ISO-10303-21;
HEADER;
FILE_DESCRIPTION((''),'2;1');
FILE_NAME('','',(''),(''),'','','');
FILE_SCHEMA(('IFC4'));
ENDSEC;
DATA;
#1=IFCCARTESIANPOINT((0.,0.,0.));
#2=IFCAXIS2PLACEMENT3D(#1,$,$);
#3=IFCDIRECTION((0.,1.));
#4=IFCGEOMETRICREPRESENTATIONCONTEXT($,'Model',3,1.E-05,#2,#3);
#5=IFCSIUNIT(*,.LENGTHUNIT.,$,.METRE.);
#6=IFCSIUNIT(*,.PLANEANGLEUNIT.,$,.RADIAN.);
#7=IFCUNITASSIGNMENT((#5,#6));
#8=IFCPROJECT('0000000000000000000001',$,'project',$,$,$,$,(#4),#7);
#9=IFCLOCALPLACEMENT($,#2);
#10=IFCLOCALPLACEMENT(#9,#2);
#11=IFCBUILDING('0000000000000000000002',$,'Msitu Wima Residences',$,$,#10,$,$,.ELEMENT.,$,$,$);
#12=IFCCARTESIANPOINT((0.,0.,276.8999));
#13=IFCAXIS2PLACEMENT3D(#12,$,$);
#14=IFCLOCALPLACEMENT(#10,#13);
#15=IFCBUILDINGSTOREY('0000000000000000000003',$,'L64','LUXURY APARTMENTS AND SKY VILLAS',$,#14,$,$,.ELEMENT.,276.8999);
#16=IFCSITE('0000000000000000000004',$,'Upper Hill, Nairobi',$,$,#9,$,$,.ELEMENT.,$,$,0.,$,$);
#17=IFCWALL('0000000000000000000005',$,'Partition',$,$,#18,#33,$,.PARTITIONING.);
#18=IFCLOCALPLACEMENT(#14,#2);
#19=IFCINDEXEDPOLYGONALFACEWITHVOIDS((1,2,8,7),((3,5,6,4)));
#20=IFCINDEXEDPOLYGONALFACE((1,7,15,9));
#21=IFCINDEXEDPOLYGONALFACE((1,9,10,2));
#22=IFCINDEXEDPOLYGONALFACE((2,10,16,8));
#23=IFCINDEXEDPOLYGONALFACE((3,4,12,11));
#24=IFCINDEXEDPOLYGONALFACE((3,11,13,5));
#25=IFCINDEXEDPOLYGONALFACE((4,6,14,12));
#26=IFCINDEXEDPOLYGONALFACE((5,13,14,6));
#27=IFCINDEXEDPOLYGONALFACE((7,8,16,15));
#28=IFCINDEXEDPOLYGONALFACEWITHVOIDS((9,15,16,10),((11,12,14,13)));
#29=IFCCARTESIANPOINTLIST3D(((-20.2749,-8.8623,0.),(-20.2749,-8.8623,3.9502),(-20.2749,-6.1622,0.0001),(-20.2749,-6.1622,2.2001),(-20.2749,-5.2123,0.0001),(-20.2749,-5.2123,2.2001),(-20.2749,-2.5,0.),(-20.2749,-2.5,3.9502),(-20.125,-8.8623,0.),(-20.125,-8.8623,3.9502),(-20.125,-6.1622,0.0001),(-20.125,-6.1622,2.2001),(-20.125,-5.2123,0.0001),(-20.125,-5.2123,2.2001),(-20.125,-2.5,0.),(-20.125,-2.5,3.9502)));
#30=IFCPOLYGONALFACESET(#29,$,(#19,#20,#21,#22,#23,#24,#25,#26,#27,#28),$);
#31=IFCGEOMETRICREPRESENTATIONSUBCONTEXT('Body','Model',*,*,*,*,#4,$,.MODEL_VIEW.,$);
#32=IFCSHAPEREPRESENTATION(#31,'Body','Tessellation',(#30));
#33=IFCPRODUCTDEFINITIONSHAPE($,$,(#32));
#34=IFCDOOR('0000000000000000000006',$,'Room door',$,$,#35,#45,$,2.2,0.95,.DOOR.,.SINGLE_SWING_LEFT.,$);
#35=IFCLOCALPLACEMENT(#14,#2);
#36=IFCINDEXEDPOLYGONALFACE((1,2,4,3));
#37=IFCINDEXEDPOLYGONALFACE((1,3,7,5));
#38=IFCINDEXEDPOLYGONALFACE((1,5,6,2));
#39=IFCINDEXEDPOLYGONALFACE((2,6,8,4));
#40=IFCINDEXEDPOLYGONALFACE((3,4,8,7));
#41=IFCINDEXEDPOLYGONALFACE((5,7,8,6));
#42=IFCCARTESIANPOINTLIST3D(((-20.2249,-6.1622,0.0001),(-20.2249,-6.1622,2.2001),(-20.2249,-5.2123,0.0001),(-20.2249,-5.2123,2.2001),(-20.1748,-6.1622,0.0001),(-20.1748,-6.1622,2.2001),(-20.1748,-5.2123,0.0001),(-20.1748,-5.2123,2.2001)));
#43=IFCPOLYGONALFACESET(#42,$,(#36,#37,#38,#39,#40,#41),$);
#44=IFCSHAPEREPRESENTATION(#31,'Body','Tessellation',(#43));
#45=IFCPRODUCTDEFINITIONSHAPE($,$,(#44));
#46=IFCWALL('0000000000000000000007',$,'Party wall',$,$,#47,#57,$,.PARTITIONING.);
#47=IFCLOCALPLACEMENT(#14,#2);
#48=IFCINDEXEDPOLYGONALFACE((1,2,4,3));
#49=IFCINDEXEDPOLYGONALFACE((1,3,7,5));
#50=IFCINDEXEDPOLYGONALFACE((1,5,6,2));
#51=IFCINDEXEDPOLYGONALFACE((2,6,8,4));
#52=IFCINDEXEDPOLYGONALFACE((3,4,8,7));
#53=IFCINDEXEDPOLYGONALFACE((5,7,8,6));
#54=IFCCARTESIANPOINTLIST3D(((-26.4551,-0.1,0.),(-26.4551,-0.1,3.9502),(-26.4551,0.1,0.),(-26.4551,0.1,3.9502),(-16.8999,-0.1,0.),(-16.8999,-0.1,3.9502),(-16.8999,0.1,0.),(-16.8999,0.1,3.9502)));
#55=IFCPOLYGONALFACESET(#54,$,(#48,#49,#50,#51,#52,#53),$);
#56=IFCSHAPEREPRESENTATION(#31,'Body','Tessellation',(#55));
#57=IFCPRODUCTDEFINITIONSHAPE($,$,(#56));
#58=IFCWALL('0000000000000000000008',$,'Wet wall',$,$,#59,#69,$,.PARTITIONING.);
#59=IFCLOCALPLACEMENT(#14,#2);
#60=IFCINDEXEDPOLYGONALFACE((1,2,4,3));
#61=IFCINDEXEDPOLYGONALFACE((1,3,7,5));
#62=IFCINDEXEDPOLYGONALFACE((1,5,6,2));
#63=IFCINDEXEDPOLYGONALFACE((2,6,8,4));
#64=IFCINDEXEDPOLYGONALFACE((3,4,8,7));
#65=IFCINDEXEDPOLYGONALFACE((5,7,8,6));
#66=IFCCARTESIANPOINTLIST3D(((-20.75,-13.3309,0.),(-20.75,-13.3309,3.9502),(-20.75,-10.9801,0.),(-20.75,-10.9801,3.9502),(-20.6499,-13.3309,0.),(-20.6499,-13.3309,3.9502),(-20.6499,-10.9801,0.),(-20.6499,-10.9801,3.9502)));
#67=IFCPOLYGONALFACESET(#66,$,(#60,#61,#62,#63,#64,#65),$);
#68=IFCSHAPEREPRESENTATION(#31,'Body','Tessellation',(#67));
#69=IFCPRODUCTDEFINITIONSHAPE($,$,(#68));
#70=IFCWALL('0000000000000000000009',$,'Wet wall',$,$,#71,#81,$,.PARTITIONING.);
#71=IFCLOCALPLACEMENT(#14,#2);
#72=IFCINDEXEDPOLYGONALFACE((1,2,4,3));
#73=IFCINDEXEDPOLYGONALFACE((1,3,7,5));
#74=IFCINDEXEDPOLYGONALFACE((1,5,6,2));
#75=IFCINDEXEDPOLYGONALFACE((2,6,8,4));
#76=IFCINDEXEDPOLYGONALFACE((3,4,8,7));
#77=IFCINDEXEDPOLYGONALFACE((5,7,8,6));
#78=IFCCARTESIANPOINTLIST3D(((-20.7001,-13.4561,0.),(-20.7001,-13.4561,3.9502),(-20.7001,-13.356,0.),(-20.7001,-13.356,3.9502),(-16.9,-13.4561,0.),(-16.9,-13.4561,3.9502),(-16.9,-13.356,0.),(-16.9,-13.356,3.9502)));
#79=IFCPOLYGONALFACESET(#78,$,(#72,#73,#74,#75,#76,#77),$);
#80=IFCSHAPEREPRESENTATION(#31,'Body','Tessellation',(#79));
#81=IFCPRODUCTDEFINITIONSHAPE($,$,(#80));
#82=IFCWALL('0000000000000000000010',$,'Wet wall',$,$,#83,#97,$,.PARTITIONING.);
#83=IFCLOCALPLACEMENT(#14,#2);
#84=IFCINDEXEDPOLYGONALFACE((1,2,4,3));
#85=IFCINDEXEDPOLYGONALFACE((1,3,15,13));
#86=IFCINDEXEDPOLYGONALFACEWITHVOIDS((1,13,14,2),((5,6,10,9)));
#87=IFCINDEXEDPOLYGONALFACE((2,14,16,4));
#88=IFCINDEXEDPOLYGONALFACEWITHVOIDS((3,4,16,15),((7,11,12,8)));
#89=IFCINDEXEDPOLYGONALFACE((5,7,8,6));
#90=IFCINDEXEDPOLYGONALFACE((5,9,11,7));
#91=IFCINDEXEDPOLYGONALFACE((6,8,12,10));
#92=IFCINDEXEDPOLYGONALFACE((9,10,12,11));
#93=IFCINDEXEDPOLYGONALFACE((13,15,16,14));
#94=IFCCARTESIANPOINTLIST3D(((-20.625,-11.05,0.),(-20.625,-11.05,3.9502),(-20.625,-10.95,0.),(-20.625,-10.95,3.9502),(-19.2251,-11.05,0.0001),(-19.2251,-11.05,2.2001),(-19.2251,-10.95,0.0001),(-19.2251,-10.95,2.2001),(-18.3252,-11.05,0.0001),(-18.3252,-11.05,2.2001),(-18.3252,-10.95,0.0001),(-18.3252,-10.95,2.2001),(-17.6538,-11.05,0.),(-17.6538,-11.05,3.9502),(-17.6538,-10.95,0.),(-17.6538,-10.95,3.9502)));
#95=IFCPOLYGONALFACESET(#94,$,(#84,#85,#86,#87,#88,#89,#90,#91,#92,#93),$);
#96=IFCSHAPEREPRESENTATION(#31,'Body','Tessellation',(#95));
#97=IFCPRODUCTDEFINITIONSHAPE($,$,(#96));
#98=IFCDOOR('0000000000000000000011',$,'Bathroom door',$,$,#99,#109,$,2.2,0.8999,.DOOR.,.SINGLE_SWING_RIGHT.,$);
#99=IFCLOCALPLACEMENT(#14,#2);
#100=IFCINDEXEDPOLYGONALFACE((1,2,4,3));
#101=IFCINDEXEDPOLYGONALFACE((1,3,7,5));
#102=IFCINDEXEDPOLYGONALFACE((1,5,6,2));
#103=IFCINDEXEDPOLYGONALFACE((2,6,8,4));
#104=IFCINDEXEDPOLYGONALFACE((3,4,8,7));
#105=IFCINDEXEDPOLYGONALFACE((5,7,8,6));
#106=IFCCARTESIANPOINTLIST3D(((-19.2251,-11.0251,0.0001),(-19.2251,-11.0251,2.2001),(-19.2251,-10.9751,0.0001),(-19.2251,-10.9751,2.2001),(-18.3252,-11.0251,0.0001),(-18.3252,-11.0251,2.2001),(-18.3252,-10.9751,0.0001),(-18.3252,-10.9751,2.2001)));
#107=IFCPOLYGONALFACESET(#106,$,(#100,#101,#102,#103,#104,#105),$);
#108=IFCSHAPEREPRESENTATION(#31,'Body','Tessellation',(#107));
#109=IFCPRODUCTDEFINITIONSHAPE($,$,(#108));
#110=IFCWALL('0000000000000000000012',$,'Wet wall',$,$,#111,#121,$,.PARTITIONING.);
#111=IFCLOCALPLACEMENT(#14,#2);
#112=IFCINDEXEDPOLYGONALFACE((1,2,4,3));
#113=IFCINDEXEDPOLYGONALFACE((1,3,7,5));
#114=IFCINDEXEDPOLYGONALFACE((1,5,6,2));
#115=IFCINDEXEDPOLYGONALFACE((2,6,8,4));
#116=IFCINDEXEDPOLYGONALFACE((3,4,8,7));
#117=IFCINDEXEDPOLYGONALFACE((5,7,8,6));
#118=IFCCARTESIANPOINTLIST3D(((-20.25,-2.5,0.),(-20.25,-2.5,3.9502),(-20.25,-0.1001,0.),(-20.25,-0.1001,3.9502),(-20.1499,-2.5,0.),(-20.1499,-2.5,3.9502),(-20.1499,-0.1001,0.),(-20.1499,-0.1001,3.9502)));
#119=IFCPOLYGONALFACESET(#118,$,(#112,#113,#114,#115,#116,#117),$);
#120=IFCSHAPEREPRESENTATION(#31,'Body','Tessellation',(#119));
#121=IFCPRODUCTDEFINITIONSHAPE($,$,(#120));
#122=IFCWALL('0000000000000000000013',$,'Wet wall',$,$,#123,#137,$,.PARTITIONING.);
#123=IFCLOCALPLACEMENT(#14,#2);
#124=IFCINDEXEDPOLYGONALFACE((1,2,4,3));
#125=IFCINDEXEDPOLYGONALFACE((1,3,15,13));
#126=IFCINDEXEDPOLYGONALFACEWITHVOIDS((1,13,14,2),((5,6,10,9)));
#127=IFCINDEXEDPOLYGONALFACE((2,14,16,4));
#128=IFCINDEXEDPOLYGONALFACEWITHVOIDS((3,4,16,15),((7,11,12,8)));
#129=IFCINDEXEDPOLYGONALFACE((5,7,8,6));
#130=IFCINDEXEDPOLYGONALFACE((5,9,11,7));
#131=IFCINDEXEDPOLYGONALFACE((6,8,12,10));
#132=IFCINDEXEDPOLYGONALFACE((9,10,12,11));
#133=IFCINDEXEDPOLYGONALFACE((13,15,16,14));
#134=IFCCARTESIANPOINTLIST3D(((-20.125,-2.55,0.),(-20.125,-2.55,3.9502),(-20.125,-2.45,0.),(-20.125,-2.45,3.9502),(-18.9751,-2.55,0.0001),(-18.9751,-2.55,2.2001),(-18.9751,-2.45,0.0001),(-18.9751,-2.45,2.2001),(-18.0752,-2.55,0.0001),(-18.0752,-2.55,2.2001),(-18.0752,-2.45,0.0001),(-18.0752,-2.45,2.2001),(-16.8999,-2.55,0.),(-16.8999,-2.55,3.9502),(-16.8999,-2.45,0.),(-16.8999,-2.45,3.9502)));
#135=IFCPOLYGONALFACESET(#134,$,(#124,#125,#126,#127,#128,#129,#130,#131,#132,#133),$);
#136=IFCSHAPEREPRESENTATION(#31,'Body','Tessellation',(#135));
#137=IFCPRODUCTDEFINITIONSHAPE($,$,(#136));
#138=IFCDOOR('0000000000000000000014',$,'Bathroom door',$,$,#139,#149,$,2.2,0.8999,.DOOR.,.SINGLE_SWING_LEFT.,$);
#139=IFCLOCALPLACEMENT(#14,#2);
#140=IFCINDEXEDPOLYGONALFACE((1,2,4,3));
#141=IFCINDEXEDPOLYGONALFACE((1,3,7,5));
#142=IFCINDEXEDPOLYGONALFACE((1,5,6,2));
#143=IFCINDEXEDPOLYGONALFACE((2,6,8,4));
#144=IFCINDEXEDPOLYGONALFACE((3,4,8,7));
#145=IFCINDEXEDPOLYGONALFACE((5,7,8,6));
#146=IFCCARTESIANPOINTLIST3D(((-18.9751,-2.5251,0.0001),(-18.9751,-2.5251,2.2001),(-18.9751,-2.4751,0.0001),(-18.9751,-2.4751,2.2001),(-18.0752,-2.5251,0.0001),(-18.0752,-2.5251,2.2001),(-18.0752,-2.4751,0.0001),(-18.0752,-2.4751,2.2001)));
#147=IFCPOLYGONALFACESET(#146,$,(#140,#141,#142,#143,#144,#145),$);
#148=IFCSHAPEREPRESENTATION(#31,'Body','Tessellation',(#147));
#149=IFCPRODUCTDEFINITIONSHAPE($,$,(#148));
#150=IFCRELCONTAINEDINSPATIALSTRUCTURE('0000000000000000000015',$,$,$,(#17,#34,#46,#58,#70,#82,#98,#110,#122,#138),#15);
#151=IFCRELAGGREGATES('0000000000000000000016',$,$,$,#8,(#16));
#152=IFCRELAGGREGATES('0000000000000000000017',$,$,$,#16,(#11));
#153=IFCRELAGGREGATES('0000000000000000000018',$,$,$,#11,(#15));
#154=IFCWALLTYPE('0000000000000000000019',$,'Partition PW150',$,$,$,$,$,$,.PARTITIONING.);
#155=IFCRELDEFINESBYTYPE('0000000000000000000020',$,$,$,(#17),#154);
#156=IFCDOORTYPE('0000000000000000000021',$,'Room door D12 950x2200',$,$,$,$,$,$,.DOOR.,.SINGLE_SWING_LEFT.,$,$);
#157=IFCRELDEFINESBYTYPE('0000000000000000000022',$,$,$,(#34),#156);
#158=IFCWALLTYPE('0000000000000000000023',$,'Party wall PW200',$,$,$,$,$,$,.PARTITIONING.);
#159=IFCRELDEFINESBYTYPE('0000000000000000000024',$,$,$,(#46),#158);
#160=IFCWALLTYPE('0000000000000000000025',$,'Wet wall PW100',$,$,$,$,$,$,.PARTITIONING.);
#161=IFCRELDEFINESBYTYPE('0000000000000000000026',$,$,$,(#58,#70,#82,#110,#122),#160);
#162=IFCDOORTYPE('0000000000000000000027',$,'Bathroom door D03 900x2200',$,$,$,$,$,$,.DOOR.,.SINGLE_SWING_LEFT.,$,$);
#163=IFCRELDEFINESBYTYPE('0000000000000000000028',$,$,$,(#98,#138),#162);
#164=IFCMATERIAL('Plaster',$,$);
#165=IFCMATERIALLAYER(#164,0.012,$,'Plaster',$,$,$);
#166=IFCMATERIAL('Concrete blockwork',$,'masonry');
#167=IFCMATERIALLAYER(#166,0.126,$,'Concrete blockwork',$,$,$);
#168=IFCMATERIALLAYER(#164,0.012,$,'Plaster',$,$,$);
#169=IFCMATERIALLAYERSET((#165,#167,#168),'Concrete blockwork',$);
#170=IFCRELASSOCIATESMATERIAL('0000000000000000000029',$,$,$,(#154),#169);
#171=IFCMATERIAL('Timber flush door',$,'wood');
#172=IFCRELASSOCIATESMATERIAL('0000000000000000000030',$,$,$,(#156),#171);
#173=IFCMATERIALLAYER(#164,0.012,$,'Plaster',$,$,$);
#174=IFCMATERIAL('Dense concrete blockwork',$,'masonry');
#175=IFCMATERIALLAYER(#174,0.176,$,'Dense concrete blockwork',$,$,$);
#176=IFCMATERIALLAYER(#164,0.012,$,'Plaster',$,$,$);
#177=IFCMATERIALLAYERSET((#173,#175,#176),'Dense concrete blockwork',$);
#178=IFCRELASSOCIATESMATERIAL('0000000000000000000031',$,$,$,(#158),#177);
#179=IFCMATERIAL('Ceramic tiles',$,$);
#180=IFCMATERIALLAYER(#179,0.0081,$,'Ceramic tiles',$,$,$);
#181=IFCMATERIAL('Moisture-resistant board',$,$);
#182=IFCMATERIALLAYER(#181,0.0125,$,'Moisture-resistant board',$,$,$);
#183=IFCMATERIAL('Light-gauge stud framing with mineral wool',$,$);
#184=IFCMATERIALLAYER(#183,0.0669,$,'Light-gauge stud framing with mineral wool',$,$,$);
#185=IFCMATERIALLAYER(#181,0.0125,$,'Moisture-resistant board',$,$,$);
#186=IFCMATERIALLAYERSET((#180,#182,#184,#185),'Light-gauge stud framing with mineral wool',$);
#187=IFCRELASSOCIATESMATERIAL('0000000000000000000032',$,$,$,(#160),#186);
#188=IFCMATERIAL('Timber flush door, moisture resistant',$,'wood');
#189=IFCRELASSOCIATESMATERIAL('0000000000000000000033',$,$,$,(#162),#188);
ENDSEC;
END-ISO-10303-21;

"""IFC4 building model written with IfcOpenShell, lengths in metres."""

from ifc_helpers import new_model, si_unit, direction, frame, frame_2d, origin, place, context, subcontext, project, spatial, rectangle, extrude, material, layer, layer_set, type_object, element, fill, save


model = new_model("IFC4")

# Units and contexts
model_context = context("Model", 3, precision=1e-05, world=origin(), true_north=direction((0.0, 1.0)))
body_context = subcontext(model_context, "Body", "Model", "MODEL_VIEW")
ifc_project = project(units=[si_unit("LENGTHUNIT", "METRE"), si_unit("PLANEANGLEUNIT", "RADIAN")], contexts=[model_context])

# Site, building, storey
site_placement = place(None, origin())
site = spatial("IfcSite", under=ifc_project, at=site_placement, Name="Upper Hill, Nairobi", CompositionType="ELEMENT", RefElevation=0.0)
building_placement = place(site_placement, origin())
building = spatial("IfcBuilding", under=site, at=building_placement, Name="Msitu Wima Residences", CompositionType="ELEMENT")
storey_placement = place(building_placement, frame((0.0, 0.0, 276.8999)))
storey = spatial("IfcBuildingStorey", under=building, at=storey_placement, Name="L64", Description="LUXURY APARTMENTS AND SKY VILLAS", CompositionType="ELEMENT", Elevation=276.8999)

# Shared definitions
ifc_material_1 = material(Name="Plaster")
ifc_layer_1 = layer(ifc_material_1, 0.012, Name="Plaster")
ifc_material_2 = material(Name="Concrete blockwork", Category="masonry")
ifc_layer_2 = layer(ifc_material_2, 0.126, Name="Concrete blockwork")
ifc_layer_3 = layer(ifc_material_1, 0.012, Name="Plaster")
ifc_layer_set_1 = layer_set([ifc_layer_1, ifc_layer_2, ifc_layer_3], Name="Concrete blockwork")
wall_type_1 = type_object("IfcWallType", Name="Partition PW150", PredefinedType="PARTITIONING", material=ifc_layer_set_1)

# Wall, opening, door
ifc_material_3 = material(Name="Timber flush door", Category="wood")
door_type_1 = type_object("IfcDoorType", Name="Room door D12 950x2200", OperationType="SINGLE_SWING_LEFT", PredefinedType="DOOR", material=ifc_material_3)
wall_1_placement = place(storey_placement, frame((-20.2, -8.8623, 0.0), z_axis=(0.0, 0.0, 1.0), x_axis=(0.0, 1.0, 0.0)))
wall_1 = element("IfcWall", 1, at=wall_1_placement, inside=storey, type_object=wall_type_1, Name="Partition", PredefinedType="PARTITIONING", context=body_context, shape_type="SweptSolid", body=[
    extrude(rectangle(XDim=6.3623, YDim=0.1499, at=frame_2d((3.1812, 0.0))), origin(), (0.0, 0.0, 1.0), 3.9502),
])
opening_1_placement = place(wall_1_placement, frame((2.7, 0.0, 0.0)))
opening_1 = element("IfcOpeningElement", 2, at=opening_1_placement, cuts=wall_1, PredefinedType="OPENING", context=body_context, shape_type="SweptSolid", body=[
    extrude(rectangle(XDim=0.95, YDim=2.2, at=frame_2d((0.4751, 1.1001))), frame((0.0, 0.085, 0.0), z_axis=(0.0, -1.0, 0.0), x_axis=(1.0, 0.0, 0.0)), (0.0, 0.0, 1.0), 0.1699),
])
door_1_placement = place(opening_1_placement, origin())
door_1 = element("IfcDoor", 3, at=door_1_placement, inside=storey, type_object=door_type_1, Name="Room door", OperationType="SINGLE_SWING_LEFT", OverallHeight=2.2, OverallWidth=0.95, PredefinedType="DOOR", context=body_context, shape_type="SweptSolid", body=[
    extrude(rectangle(XDim=0.95, YDim=2.2, at=frame_2d((0.4751, 1.1001))), frame((0.0, 0.0249, 0.0), z_axis=(0.0, -1.0, 0.0), x_axis=(1.0, 0.0, 0.0)), (0.0, 0.0, 1.0), 0.05),
])
fill(opening_1, door_1)

# Walls
ifc_layer_4 = layer(ifc_material_1, 0.012, Name="Plaster")
ifc_material_4 = material(Name="Dense concrete blockwork", Category="masonry")
ifc_layer_5 = layer(ifc_material_4, 0.176, Name="Dense concrete blockwork")
ifc_layer_6 = layer(ifc_material_1, 0.012, Name="Plaster")
ifc_layer_set_2 = layer_set([ifc_layer_4, ifc_layer_5, ifc_layer_6], Name="Dense concrete blockwork")
wall_type_2 = type_object("IfcWallType", Name="Party wall PW200", PredefinedType="PARTITIONING", material=ifc_layer_set_2)
wall_2_placement = place(storey_placement, frame((-26.4551, 0.0, 0.0), z_axis=(0.0, 0.0, 1.0), x_axis=(1.0, 0.0, 0.0)))
element("IfcWall", 4, at=wall_2_placement, inside=storey, type_object=wall_type_2, Name="Party wall", PredefinedType="PARTITIONING", context=body_context, shape_type="SweptSolid", body=[
    extrude(rectangle(XDim=9.5552, YDim=0.2, at=frame_2d((4.7776, 0.0))), origin(), (0.0, 0.0, 1.0), 3.9502),
])
ifc_material_5 = material(Name="Ceramic tiles")
ifc_layer_7 = layer(ifc_material_5, 0.0081, Name="Ceramic tiles")
ifc_material_6 = material(Name="Moisture-resistant board")
ifc_layer_8 = layer(ifc_material_6, 0.0125, Name="Moisture-resistant board")
ifc_material_7 = material(Name="Light-gauge stud framing with mineral wool")
ifc_layer_9 = layer(ifc_material_7, 0.0669, Name="Light-gauge stud framing with mineral wool")
ifc_layer_10 = layer(ifc_material_6, 0.0125, Name="Moisture-resistant board")
ifc_layer_set_3 = layer_set([ifc_layer_7, ifc_layer_8, ifc_layer_9, ifc_layer_10], Name="Light-gauge stud framing with mineral wool")
wall_type_3 = type_object("IfcWallType", Name="Wet wall PW100", PredefinedType="PARTITIONING", material=ifc_layer_set_3)
wall_3_placement = place(storey_placement, frame((-20.7, -13.3308, 0.0), z_axis=(0.0, 0.0, 1.0), x_axis=(0.0, 1.0, 0.0)))
element("IfcWall", 5, at=wall_3_placement, inside=storey, type_object=wall_type_3, Name="Wet wall", PredefinedType="PARTITIONING", context=body_context, shape_type="SweptSolid", body=[
    extrude(rectangle(XDim=2.3508, YDim=0.1001, at=frame_2d((1.1753, 0.0))), origin(), (0.0, 0.0, 1.0), 3.9502),
])
wall_4_placement = place(storey_placement, frame((-20.7, -13.406, 0.0), z_axis=(0.0, 0.0, 1.0), x_axis=(1.0, 0.0, 0.0)))
element("IfcWall", 6, at=wall_4_placement, inside=storey, type_object=wall_type_3, Name="Wet wall", PredefinedType="PARTITIONING", context=body_context, shape_type="SweptSolid", body=[
    extrude(rectangle(XDim=3.8, YDim=0.1001, at=frame_2d((1.8999, 0.0))), origin(), (0.0, 0.0, 1.0), 3.9502),
])

# Wall, opening, door
wall_5_placement = place(storey_placement, frame((-20.625, -11.0, 0.0), z_axis=(0.0, 0.0, 1.0), x_axis=(1.0, 0.0, 0.0)))
wall_5 = element("IfcWall", 7, at=wall_5_placement, inside=storey, type_object=wall_type_3, Name="Wet wall", PredefinedType="PARTITIONING", context=body_context, shape_type="SweptSolid", body=[
    extrude(rectangle(XDim=2.9712, YDim=0.1001, at=frame_2d((1.4856, 0.0))), origin(), (0.0, 0.0, 1.0), 3.9502),
])
opening_2_placement = place(wall_5_placement, frame((1.3999, 0.0, 0.0)))
opening_2 = element("IfcOpeningElement", 8, at=opening_2_placement, cuts=wall_5, PredefinedType="OPENING", context=body_context, shape_type="SweptSolid", body=[
    extrude(rectangle(XDim=0.8999, YDim=2.2, at=frame_2d((0.45, 1.1001))), frame((0.0, 0.0601, 0.0), z_axis=(0.0, -1.0, 0.0), x_axis=(1.0, 0.0, 0.0)), (0.0, 0.0, 1.0), 0.1201),
])
ifc_material_8 = material(Name="Timber flush door, moisture resistant", Category="wood")
door_type_2 = type_object("IfcDoorType", Name="Bathroom door D03 900x2200", OperationType="SINGLE_SWING_LEFT", PredefinedType="DOOR", material=ifc_material_8)
door_2_placement = place(opening_2_placement, origin())
door_2 = element("IfcDoor", 9, at=door_2_placement, inside=storey, type_object=door_type_2, Name="Bathroom door", OperationType="SINGLE_SWING_RIGHT", OverallHeight=2.2, OverallWidth=0.8999, PredefinedType="DOOR", context=body_context, shape_type="SweptSolid", body=[
    extrude(rectangle(XDim=0.8999, YDim=2.2, at=frame_2d((0.45, 1.1001))), frame((0.0, 0.0249, 0.0), z_axis=(0.0, -1.0, 0.0), x_axis=(1.0, 0.0, 0.0)), (0.0, 0.0, 1.0), 0.05),
])
fill(opening_2, door_2)

# Wall
wall_6_placement = place(storey_placement, frame((-20.2, -2.5, 0.0), z_axis=(0.0, 0.0, 1.0), x_axis=(0.0, 1.0, 0.0)))
element("IfcWall", 10, at=wall_6_placement, inside=storey, type_object=wall_type_3, Name="Wet wall", PredefinedType="PARTITIONING", context=body_context, shape_type="SweptSolid", body=[
    extrude(rectangle(XDim=2.3999, YDim=0.1001, at=frame_2d((1.2, 0.0))), origin(), (0.0, 0.0, 1.0), 3.9502),
])

# Wall, opening, door
wall_7_placement = place(storey_placement, frame((-20.125, -2.5, 0.0), z_axis=(0.0, 0.0, 1.0), x_axis=(1.0, 0.0, 0.0)))
wall_7 = element("IfcWall", 11, at=wall_7_placement, inside=storey, type_object=wall_type_3, Name="Wet wall", PredefinedType="PARTITIONING", context=body_context, shape_type="SweptSolid", body=[
    extrude(rectangle(XDim=3.2251, YDim=0.1001, at=frame_2d((1.6125, 0.0))), origin(), (0.0, 0.0, 1.0), 3.9502),
])
opening_3_placement = place(wall_7_placement, frame((1.1499, 0.0, 0.0)))
opening_3 = element("IfcOpeningElement", 12, at=opening_3_placement, cuts=wall_7, PredefinedType="OPENING", context=body_context, shape_type="SweptSolid", body=[
    extrude(rectangle(XDim=0.8999, YDim=2.2, at=frame_2d((0.45, 1.1001))), frame((0.0, 0.0601, 0.0), z_axis=(0.0, -1.0, 0.0), x_axis=(1.0, 0.0, 0.0)), (0.0, 0.0, 1.0), 0.1201),
])
door_3_placement = place(opening_3_placement, origin())
door_3 = element("IfcDoor", 13, at=door_3_placement, inside=storey, type_object=door_type_2, Name="Bathroom door", OperationType="SINGLE_SWING_LEFT", OverallHeight=2.2, OverallWidth=0.8999, PredefinedType="DOOR", context=body_context, shape_type="SweptSolid", body=[
    extrude(rectangle(XDim=0.8999, YDim=2.2, at=frame_2d((0.45, 1.1001))), frame((0.0, 0.0249, 0.0), z_axis=(0.0, -1.0, 0.0), x_axis=(1.0, 0.0, 0.0)), (0.0, 0.0, 1.0), 0.05),
])
fill(opening_3, door_3)

save(model, "model.ifc")
